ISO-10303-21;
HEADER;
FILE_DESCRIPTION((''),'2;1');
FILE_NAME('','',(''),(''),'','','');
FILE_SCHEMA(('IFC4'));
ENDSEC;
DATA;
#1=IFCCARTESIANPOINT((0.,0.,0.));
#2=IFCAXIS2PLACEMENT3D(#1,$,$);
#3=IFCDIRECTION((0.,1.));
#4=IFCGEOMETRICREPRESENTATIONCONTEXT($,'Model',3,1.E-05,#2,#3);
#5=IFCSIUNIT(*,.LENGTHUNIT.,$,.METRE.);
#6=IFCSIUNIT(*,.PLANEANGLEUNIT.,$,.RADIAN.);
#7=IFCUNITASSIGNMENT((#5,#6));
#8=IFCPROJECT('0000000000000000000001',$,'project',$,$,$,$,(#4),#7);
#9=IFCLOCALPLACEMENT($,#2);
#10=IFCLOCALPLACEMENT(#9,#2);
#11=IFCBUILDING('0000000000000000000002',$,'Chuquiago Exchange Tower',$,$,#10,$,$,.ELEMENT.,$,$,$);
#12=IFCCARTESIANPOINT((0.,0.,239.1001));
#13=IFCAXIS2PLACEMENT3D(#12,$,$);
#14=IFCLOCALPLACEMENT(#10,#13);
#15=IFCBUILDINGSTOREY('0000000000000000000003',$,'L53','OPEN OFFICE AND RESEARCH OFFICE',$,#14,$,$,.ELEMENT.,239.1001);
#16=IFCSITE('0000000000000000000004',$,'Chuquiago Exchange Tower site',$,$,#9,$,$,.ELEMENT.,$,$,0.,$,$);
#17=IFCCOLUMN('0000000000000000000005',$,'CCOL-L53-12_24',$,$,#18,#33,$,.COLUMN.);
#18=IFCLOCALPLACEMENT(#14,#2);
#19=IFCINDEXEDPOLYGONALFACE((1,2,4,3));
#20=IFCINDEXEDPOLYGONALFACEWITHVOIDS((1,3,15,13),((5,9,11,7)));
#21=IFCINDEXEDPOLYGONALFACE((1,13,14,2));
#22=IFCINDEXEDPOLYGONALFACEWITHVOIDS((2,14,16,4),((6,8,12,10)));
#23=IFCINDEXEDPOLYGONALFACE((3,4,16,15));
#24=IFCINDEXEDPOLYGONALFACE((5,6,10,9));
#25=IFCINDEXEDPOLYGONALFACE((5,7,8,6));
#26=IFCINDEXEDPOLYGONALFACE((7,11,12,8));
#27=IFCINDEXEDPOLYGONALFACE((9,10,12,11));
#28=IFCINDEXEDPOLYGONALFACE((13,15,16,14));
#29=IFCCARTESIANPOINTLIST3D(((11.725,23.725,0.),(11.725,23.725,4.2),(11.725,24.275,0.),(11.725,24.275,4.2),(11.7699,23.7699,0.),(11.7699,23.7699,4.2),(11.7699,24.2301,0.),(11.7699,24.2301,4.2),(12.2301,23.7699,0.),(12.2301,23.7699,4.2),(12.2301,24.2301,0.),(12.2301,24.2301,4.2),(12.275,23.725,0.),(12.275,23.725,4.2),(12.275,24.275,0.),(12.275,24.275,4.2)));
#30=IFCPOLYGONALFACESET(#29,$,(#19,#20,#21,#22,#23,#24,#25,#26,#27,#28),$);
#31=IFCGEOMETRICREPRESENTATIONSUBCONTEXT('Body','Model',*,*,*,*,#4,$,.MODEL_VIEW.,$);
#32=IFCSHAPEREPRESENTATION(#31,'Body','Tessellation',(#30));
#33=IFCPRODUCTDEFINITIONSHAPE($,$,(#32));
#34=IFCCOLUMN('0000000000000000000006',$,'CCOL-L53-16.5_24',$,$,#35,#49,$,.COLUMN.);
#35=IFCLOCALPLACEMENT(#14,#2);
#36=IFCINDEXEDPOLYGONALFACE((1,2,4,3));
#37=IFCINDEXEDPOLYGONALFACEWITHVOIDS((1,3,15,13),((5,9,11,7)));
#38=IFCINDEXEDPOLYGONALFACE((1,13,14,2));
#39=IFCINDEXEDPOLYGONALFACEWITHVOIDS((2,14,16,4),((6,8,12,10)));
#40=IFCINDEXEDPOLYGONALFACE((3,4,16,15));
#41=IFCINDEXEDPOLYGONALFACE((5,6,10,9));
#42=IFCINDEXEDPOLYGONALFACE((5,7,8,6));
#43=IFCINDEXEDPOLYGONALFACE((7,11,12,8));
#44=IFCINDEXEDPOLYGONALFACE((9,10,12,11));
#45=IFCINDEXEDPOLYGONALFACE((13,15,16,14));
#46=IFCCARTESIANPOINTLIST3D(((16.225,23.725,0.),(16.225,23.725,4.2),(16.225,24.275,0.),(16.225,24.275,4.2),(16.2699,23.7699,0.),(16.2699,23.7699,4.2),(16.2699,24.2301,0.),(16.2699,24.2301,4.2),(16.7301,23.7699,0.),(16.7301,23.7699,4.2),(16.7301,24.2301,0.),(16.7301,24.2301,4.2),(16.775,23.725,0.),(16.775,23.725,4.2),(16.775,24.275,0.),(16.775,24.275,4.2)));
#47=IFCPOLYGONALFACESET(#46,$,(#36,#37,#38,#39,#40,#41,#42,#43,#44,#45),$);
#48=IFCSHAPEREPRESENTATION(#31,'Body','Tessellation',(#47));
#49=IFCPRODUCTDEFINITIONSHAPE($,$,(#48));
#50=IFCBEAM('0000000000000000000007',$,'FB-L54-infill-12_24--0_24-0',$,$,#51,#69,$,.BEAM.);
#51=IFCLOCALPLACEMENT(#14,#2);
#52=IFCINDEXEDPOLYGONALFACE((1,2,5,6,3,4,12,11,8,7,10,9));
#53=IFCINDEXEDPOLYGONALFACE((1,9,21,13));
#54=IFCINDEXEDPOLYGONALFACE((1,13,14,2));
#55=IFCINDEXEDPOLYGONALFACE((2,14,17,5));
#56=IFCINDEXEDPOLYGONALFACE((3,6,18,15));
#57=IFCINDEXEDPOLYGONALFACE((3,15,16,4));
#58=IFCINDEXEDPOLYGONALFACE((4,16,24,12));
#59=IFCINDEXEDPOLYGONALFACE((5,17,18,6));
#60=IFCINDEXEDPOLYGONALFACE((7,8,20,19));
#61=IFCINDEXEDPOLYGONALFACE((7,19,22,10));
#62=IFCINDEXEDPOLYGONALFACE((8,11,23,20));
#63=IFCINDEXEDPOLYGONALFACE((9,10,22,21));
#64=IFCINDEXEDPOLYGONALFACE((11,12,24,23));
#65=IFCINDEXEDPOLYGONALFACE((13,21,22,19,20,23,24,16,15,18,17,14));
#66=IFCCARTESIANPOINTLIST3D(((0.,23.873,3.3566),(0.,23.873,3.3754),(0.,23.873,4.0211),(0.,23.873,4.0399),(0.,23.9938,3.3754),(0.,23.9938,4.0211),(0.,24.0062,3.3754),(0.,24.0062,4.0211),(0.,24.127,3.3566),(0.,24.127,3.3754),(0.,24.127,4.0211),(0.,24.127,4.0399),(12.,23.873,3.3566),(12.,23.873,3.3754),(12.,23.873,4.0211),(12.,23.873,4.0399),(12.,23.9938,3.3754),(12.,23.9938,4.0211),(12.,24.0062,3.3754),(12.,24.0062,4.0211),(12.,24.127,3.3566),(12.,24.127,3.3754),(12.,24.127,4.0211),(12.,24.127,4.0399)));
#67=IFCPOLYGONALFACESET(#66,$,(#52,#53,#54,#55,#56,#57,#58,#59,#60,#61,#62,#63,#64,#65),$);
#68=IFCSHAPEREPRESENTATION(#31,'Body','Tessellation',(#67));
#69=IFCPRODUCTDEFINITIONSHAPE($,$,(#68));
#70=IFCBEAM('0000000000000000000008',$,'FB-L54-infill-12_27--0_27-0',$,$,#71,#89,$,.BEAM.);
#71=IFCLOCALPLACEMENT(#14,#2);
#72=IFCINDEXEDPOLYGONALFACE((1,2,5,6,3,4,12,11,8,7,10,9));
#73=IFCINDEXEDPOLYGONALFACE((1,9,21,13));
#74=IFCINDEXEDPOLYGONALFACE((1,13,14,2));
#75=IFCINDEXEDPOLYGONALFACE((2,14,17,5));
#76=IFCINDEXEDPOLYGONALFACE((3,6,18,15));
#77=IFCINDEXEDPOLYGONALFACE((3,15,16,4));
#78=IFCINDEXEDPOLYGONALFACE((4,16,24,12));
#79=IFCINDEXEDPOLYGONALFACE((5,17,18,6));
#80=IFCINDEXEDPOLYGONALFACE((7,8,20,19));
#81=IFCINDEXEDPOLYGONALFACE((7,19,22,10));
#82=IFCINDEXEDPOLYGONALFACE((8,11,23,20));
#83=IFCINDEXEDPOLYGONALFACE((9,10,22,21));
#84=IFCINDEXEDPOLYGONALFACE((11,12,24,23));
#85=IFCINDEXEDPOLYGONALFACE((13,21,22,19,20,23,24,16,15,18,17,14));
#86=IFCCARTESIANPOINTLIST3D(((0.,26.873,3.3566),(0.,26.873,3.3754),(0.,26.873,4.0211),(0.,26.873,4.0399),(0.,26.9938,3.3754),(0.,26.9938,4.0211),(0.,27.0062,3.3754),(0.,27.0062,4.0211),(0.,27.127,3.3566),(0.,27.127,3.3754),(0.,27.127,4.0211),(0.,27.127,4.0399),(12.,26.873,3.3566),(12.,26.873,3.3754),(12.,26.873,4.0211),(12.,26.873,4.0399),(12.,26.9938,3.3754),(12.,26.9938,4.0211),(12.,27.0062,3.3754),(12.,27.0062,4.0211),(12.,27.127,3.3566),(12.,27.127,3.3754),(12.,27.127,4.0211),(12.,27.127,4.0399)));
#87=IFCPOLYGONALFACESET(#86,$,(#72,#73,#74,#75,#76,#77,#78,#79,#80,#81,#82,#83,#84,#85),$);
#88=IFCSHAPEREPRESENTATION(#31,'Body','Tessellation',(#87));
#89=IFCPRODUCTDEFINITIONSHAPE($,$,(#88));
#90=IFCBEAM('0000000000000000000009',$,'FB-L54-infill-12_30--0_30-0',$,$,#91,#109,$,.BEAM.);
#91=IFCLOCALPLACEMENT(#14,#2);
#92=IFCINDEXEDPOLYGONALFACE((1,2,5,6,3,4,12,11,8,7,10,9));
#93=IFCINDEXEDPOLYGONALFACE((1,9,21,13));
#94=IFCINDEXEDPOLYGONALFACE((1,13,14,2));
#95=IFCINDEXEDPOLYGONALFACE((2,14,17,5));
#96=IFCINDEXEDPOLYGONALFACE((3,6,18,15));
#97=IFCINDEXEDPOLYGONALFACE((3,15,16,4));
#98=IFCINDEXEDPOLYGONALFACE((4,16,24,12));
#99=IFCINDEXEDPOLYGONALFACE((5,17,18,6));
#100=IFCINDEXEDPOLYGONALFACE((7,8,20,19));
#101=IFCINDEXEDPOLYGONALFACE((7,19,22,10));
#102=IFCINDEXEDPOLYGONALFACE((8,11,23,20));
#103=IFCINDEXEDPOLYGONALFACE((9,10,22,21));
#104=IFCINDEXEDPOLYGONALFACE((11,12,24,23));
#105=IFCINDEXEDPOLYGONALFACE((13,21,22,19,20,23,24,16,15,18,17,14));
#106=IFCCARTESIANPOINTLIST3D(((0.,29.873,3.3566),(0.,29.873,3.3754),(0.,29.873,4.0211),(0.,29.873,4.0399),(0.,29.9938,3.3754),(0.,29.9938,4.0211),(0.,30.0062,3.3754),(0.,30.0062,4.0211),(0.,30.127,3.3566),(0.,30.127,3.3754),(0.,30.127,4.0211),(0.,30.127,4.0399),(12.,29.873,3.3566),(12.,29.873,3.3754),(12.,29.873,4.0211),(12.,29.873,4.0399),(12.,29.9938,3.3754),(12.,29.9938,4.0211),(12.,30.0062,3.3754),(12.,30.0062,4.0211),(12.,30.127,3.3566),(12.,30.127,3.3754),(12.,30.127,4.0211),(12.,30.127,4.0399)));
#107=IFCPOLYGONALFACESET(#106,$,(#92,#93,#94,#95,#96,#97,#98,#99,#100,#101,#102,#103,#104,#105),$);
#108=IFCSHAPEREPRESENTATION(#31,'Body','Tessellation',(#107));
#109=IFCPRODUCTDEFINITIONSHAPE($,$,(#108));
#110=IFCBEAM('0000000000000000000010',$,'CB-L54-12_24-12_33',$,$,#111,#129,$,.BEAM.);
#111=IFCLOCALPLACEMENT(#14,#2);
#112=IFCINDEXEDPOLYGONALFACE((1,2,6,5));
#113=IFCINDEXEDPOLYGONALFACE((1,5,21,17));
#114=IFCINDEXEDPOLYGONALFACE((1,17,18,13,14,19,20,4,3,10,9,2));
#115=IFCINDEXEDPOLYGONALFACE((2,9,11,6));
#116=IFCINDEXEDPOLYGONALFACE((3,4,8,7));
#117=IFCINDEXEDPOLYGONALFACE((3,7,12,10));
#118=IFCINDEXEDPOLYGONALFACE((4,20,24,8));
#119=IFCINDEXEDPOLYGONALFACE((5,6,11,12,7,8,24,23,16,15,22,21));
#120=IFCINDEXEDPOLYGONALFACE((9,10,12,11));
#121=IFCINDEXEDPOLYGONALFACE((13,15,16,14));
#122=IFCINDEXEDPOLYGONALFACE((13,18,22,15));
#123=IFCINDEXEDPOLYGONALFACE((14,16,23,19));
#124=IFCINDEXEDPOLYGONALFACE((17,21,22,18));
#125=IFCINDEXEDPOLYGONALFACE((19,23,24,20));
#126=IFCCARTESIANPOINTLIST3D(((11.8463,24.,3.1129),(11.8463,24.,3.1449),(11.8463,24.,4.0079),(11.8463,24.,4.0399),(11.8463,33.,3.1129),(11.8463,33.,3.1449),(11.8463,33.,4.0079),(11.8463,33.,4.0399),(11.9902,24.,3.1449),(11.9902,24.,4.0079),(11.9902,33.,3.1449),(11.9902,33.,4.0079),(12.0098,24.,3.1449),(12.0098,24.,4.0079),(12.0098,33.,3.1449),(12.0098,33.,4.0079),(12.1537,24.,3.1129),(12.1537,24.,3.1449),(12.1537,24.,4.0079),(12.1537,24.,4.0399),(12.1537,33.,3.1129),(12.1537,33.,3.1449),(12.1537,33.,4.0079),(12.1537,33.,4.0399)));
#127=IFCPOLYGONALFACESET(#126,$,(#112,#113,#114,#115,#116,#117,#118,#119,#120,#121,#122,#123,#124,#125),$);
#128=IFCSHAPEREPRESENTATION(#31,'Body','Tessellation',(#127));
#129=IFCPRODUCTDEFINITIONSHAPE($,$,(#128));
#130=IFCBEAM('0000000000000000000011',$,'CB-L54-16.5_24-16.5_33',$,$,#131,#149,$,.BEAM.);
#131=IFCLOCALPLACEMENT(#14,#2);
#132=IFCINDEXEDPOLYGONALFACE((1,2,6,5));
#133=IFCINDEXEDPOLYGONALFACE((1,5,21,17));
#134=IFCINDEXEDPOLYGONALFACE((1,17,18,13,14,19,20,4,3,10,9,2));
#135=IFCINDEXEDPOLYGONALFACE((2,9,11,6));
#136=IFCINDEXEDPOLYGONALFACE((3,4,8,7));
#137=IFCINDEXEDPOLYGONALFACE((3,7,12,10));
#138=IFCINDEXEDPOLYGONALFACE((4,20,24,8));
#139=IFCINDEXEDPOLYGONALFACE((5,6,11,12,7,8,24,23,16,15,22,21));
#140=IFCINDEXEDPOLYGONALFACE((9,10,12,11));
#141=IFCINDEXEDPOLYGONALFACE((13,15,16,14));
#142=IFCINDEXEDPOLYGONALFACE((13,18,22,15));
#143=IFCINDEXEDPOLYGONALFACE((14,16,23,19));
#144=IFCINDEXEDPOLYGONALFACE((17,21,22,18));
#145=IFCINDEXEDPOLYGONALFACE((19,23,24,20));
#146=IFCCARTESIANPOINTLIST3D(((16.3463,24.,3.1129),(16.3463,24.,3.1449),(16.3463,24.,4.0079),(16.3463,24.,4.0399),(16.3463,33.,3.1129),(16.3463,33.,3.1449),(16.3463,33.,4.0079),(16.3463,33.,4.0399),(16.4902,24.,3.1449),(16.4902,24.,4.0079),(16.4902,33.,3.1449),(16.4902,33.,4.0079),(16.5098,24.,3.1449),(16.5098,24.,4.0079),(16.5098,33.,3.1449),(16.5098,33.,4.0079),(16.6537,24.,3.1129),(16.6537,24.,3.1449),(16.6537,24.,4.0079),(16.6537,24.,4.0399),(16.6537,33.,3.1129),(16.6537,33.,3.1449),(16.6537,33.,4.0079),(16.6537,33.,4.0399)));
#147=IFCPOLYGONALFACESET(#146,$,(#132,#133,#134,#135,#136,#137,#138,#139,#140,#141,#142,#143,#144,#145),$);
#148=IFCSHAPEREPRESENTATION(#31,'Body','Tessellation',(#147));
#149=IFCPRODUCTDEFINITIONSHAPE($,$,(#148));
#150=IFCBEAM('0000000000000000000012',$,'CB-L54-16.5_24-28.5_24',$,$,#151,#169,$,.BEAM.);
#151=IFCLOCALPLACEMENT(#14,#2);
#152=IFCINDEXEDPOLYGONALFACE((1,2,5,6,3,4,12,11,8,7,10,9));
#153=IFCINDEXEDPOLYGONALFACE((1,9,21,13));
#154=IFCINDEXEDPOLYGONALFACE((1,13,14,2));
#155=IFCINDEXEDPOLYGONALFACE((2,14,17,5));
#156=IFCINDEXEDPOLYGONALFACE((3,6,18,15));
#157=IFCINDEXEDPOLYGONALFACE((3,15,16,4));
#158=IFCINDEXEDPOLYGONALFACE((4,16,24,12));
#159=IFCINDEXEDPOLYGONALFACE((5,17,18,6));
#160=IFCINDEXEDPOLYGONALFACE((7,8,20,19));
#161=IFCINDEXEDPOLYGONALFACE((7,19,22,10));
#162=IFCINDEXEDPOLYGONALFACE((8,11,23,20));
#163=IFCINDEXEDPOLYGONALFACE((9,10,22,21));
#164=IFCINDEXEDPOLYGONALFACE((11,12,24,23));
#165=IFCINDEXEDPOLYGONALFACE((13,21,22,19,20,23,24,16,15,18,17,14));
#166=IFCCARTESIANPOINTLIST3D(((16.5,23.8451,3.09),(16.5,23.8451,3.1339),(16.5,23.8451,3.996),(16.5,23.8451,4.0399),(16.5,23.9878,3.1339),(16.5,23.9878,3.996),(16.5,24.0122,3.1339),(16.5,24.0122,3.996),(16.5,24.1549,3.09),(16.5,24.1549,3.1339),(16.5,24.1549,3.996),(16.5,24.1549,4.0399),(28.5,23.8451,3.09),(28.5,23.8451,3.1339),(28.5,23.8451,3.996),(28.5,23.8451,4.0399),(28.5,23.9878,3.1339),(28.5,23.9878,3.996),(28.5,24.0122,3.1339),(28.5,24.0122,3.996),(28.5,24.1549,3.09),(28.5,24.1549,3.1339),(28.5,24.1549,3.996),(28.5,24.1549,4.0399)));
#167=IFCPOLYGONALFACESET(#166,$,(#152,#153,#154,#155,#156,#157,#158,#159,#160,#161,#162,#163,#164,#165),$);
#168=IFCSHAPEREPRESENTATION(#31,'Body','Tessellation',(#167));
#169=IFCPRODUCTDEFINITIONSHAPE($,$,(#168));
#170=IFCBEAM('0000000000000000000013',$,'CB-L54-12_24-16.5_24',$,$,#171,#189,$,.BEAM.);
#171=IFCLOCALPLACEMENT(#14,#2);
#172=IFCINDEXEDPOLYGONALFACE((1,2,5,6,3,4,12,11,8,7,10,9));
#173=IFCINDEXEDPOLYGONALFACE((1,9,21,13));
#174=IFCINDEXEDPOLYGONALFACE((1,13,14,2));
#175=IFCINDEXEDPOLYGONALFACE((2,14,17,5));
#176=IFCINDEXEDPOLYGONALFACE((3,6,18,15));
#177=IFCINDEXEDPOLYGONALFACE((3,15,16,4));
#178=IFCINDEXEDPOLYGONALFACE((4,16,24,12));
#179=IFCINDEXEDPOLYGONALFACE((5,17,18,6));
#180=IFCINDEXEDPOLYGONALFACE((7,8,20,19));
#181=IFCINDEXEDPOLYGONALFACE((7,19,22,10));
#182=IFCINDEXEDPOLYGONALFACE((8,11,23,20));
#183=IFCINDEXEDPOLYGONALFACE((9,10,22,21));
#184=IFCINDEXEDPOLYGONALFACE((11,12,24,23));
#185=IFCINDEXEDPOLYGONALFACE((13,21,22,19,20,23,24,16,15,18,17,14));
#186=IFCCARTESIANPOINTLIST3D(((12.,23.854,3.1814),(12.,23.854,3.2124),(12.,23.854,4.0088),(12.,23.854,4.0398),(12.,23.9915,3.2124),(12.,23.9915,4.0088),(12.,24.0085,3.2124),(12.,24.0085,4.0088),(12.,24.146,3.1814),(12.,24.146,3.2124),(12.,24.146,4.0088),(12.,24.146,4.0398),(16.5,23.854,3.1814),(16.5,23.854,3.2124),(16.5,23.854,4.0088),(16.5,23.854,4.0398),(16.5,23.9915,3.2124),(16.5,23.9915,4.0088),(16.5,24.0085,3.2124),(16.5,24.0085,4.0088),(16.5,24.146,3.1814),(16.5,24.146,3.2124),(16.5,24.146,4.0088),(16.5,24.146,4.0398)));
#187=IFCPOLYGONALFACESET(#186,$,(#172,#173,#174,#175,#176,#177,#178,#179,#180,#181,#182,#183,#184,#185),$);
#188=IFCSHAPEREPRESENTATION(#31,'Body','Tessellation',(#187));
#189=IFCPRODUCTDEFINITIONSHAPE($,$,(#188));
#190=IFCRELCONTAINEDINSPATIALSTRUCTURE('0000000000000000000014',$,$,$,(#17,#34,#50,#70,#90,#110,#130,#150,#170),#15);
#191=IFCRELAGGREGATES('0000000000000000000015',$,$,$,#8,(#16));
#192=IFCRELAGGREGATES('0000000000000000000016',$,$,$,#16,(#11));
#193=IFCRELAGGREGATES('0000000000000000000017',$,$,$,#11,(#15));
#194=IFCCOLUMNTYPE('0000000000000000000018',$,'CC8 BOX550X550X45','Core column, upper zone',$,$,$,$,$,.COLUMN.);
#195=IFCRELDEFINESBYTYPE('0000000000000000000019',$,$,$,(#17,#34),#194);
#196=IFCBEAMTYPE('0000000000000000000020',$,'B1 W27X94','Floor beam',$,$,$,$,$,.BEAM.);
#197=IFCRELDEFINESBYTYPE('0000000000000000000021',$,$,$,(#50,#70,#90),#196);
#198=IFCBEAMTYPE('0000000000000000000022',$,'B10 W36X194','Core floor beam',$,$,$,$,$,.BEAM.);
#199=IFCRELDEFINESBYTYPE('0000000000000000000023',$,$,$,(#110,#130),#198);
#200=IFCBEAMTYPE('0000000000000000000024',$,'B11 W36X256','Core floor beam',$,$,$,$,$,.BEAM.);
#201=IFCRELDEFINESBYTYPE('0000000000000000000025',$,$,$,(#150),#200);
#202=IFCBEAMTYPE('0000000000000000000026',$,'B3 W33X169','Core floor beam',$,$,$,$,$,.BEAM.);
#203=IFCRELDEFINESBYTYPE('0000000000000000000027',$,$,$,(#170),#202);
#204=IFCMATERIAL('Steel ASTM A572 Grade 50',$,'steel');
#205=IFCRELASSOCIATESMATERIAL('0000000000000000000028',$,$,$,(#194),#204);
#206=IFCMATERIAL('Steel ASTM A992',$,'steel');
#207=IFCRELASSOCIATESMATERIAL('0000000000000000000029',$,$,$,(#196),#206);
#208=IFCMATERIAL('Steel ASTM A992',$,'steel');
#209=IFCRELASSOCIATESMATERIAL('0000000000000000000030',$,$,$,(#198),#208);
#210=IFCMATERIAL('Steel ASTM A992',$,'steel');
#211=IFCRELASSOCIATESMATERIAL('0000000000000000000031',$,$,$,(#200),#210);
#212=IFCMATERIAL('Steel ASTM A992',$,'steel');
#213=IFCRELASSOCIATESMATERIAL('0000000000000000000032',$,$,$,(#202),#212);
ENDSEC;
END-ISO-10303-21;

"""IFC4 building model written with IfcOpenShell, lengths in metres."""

from ifc_helpers import new_model, si_unit, direction, frame, origin, origin_2d, place, context, subcontext, project, spatial, hollow_rectangle, i_section, extrude, material, material_profile, profile_set, type_object, element, save


model = new_model("IFC4")

# Units and contexts
model_context = context("Model", 3, precision=1e-05, world=origin(), true_north=direction((0.0, 1.0)))
body_context = subcontext(model_context, "Body", "Model", "MODEL_VIEW")
ifc_project = project(units=[si_unit("LENGTHUNIT", "METRE"), si_unit("PLANEANGLEUNIT", "RADIAN")], contexts=[model_context])

# Site, building, storey
site_placement = place(None, origin())
site = spatial("IfcSite", under=ifc_project, at=site_placement, Name="Chuquiago Exchange Tower site", CompositionType="ELEMENT", RefElevation=0.0)
building_placement = place(site_placement, origin())
building = spatial("IfcBuilding", under=site, at=building_placement, Name="Chuquiago Exchange Tower", CompositionType="ELEMENT")
storey_placement = place(building_placement, frame((0.0, 0.0, 239.1001)))
storey = spatial("IfcBuildingStorey", under=building, at=storey_placement, Name="L53", Description="OPEN OFFICE AND RESEARCH OFFICE", CompositionType="ELEMENT", Elevation=239.1001)

# Columns
ifc_material_1 = material(Name="Steel ASTM A572 Grade 50", Category="steel")
ifc_material_profile_1 = material_profile(ifc_material_1, hollow_rectangle(XDim=0.55, YDim=0.55, WallThickness=0.0449, at=origin_2d()), Name="BOX550X550X45")
ifc_profile_set_1 = profile_set([ifc_material_profile_1], Name="Steel ASTM A572 Grade 50")
column_type = type_object("IfcColumnType", Name="CC8 BOX550X550X45", Description="Core column, upper zone", PredefinedType="COLUMN", material=ifc_profile_set_1)
for number, where, z_axis, x_axis, name in (
    (1, (12.0, 24.0, 0.0), (0.0, 0.0, 1.0), (1.0, 0.0, 0.0), "CCOL-L53-12_24"),
    (2, (16.5, 24.0, 0.0), (0.0, 0.0, 1.0), (1.0, 0.0, 0.0), "CCOL-L53-16.5_24"),
):
    element("IfcColumn", number, at=place(storey_placement, frame(where, z_axis=z_axis, x_axis=x_axis)), inside=storey, type_object=column_type, Name=name, PredefinedType="COLUMN", context=body_context, shape_type="SweptSolid", body=[
        extrude(hollow_rectangle(XDim=0.55, YDim=0.55, WallThickness=0.0449, at=origin_2d()), origin(), (0.0, 0.0, 1.0), 4.2),
    ])

# Beams
ifc_material_2 = material(Name="Steel ASTM A992", Category="steel")
ifc_material_profile_2 = material_profile(ifc_material_2, i_section(OverallWidth=0.2539, OverallDepth=0.6833, WebThickness=0.0125, FlangeThickness=0.0188, at=origin_2d()), Name="W27X94")
ifc_profile_set_2 = profile_set([ifc_material_profile_2], Name="Steel ASTM A992")
beam_type_1 = type_object("IfcBeamType", Name="B1 W27X94", Description="Floor beam", PredefinedType="BEAM", material=ifc_profile_set_2)
for number, where, z_axis, x_axis, name in (
    (3, (12.0, 24.0, 3.6982), (-1.0, 0.0, 0.0), (0.0, -1.0, 0.0), "FB-L54-infill-12_24--0_24-0"),
    (4, (12.0, 27.0, 3.6982), (-1.0, 0.0, 0.0), (0.0, -1.0, 0.0), "FB-L54-infill-12_27--0_27-0"),
    (5, (12.0, 30.0, 3.6982), (-1.0, 0.0, 0.0), (0.0, -1.0, 0.0), "FB-L54-infill-12_30--0_30-0"),
):
    element("IfcBeam", number, at=place(storey_placement, frame(where, z_axis=z_axis, x_axis=x_axis)), inside=storey, type_object=beam_type_1, Name=name, PredefinedType="BEAM", context=body_context, shape_type="SweptSolid", body=[
        extrude(i_section(OverallWidth=0.2539, OverallDepth=0.6833, WebThickness=0.0125, FlangeThickness=0.0188, at=origin_2d()), origin(), (0.0, 0.0, 1.0), 12.0),
    ])
ifc_material_3 = material(Name="Steel ASTM A992", Category="steel")
ifc_material_profile_3 = material_profile(ifc_material_3, i_section(OverallWidth=0.3074, OverallDepth=0.927, WebThickness=0.0195, FlangeThickness=0.032, at=origin_2d()), Name="W36X194")
ifc_profile_set_3 = profile_set([ifc_material_profile_3], Name="Steel ASTM A992")
beam_type_2 = type_object("IfcBeamType", Name="B10 W36X194", Description="Core floor beam", PredefinedType="BEAM", material=ifc_profile_set_3)
for number, where, z_axis, x_axis, name in (
    (6, (12.0, 24.0, 3.5764), (0.0, 1.0, 0.0), (-1.0, 0.0, 0.0), "CB-L54-12_24-12_33"),
    (7, (16.5, 24.0, 3.5764), (0.0, 1.0, 0.0), (-1.0, 0.0, 0.0), "CB-L54-16.5_24-16.5_33"),
):
    element("IfcBeam", number, at=place(storey_placement, frame(where, z_axis=z_axis, x_axis=x_axis)), inside=storey, type_object=beam_type_2, Name=name, PredefinedType="BEAM", context=body_context, shape_type="SweptSolid", body=[
        extrude(i_section(OverallWidth=0.3074, OverallDepth=0.927, WebThickness=0.0195, FlangeThickness=0.032, at=origin_2d()), origin(), (0.0, 0.0, 1.0), 9.0),
    ])
ifc_material_4 = material(Name="Steel ASTM A992", Category="steel")
ifc_material_profile_4 = material_profile(ifc_material_4, i_section(OverallWidth=0.3098, OverallDepth=0.95, WebThickness=0.0244, FlangeThickness=0.0439, at=origin_2d()), Name="W36X256")
ifc_profile_set_4 = profile_set([ifc_material_profile_4], Name="Steel ASTM A992")
beam_type_3 = type_object("IfcBeamType", Name="B11 W36X256", Description="Core floor beam", PredefinedType="BEAM", material=ifc_profile_set_4)
beam_1_placement = place(storey_placement, frame((16.5, 24.0, 3.5649), z_axis=(1.0, 0.0, 0.0), x_axis=(0.0, 1.0, 0.0)))
element("IfcBeam", 8, at=beam_1_placement, inside=storey, type_object=beam_type_3, Name="CB-L54-16.5_24-28.5_24", PredefinedType="BEAM", context=body_context, shape_type="SweptSolid", body=[
    extrude(i_section(OverallWidth=0.3098, OverallDepth=0.95, WebThickness=0.0244, FlangeThickness=0.0439, at=origin_2d()), origin(), (0.0, 0.0, 1.0), 12.0),
])
ifc_material_5 = material(Name="Steel ASTM A992", Category="steel")
ifc_material_profile_5 = material_profile(ifc_material_5, i_section(OverallWidth=0.292, OverallDepth=0.8584, WebThickness=0.0171, FlangeThickness=0.031, at=origin_2d()), Name="W33X169")
ifc_profile_set_5 = profile_set([ifc_material_profile_5], Name="Steel ASTM A992")
beam_type_4 = type_object("IfcBeamType", Name="B3 W33X169", Description="Core floor beam", PredefinedType="BEAM", material=ifc_profile_set_5)
beam_2_placement = place(storey_placement, frame((12.0, 24.0, 3.6106), z_axis=(1.0, 0.0, 0.0), x_axis=(0.0, 1.0, 0.0)))
element("IfcBeam", 9, at=beam_2_placement, inside=storey, type_object=beam_type_4, Name="CB-L54-12_24-16.5_24", PredefinedType="BEAM", context=body_context, shape_type="SweptSolid", body=[
    extrude(i_section(OverallWidth=0.292, OverallDepth=0.8584, WebThickness=0.0171, FlangeThickness=0.031, at=origin_2d()), origin(), (0.0, 0.0, 1.0), 4.5),
])

save(model, "model.ifc")
